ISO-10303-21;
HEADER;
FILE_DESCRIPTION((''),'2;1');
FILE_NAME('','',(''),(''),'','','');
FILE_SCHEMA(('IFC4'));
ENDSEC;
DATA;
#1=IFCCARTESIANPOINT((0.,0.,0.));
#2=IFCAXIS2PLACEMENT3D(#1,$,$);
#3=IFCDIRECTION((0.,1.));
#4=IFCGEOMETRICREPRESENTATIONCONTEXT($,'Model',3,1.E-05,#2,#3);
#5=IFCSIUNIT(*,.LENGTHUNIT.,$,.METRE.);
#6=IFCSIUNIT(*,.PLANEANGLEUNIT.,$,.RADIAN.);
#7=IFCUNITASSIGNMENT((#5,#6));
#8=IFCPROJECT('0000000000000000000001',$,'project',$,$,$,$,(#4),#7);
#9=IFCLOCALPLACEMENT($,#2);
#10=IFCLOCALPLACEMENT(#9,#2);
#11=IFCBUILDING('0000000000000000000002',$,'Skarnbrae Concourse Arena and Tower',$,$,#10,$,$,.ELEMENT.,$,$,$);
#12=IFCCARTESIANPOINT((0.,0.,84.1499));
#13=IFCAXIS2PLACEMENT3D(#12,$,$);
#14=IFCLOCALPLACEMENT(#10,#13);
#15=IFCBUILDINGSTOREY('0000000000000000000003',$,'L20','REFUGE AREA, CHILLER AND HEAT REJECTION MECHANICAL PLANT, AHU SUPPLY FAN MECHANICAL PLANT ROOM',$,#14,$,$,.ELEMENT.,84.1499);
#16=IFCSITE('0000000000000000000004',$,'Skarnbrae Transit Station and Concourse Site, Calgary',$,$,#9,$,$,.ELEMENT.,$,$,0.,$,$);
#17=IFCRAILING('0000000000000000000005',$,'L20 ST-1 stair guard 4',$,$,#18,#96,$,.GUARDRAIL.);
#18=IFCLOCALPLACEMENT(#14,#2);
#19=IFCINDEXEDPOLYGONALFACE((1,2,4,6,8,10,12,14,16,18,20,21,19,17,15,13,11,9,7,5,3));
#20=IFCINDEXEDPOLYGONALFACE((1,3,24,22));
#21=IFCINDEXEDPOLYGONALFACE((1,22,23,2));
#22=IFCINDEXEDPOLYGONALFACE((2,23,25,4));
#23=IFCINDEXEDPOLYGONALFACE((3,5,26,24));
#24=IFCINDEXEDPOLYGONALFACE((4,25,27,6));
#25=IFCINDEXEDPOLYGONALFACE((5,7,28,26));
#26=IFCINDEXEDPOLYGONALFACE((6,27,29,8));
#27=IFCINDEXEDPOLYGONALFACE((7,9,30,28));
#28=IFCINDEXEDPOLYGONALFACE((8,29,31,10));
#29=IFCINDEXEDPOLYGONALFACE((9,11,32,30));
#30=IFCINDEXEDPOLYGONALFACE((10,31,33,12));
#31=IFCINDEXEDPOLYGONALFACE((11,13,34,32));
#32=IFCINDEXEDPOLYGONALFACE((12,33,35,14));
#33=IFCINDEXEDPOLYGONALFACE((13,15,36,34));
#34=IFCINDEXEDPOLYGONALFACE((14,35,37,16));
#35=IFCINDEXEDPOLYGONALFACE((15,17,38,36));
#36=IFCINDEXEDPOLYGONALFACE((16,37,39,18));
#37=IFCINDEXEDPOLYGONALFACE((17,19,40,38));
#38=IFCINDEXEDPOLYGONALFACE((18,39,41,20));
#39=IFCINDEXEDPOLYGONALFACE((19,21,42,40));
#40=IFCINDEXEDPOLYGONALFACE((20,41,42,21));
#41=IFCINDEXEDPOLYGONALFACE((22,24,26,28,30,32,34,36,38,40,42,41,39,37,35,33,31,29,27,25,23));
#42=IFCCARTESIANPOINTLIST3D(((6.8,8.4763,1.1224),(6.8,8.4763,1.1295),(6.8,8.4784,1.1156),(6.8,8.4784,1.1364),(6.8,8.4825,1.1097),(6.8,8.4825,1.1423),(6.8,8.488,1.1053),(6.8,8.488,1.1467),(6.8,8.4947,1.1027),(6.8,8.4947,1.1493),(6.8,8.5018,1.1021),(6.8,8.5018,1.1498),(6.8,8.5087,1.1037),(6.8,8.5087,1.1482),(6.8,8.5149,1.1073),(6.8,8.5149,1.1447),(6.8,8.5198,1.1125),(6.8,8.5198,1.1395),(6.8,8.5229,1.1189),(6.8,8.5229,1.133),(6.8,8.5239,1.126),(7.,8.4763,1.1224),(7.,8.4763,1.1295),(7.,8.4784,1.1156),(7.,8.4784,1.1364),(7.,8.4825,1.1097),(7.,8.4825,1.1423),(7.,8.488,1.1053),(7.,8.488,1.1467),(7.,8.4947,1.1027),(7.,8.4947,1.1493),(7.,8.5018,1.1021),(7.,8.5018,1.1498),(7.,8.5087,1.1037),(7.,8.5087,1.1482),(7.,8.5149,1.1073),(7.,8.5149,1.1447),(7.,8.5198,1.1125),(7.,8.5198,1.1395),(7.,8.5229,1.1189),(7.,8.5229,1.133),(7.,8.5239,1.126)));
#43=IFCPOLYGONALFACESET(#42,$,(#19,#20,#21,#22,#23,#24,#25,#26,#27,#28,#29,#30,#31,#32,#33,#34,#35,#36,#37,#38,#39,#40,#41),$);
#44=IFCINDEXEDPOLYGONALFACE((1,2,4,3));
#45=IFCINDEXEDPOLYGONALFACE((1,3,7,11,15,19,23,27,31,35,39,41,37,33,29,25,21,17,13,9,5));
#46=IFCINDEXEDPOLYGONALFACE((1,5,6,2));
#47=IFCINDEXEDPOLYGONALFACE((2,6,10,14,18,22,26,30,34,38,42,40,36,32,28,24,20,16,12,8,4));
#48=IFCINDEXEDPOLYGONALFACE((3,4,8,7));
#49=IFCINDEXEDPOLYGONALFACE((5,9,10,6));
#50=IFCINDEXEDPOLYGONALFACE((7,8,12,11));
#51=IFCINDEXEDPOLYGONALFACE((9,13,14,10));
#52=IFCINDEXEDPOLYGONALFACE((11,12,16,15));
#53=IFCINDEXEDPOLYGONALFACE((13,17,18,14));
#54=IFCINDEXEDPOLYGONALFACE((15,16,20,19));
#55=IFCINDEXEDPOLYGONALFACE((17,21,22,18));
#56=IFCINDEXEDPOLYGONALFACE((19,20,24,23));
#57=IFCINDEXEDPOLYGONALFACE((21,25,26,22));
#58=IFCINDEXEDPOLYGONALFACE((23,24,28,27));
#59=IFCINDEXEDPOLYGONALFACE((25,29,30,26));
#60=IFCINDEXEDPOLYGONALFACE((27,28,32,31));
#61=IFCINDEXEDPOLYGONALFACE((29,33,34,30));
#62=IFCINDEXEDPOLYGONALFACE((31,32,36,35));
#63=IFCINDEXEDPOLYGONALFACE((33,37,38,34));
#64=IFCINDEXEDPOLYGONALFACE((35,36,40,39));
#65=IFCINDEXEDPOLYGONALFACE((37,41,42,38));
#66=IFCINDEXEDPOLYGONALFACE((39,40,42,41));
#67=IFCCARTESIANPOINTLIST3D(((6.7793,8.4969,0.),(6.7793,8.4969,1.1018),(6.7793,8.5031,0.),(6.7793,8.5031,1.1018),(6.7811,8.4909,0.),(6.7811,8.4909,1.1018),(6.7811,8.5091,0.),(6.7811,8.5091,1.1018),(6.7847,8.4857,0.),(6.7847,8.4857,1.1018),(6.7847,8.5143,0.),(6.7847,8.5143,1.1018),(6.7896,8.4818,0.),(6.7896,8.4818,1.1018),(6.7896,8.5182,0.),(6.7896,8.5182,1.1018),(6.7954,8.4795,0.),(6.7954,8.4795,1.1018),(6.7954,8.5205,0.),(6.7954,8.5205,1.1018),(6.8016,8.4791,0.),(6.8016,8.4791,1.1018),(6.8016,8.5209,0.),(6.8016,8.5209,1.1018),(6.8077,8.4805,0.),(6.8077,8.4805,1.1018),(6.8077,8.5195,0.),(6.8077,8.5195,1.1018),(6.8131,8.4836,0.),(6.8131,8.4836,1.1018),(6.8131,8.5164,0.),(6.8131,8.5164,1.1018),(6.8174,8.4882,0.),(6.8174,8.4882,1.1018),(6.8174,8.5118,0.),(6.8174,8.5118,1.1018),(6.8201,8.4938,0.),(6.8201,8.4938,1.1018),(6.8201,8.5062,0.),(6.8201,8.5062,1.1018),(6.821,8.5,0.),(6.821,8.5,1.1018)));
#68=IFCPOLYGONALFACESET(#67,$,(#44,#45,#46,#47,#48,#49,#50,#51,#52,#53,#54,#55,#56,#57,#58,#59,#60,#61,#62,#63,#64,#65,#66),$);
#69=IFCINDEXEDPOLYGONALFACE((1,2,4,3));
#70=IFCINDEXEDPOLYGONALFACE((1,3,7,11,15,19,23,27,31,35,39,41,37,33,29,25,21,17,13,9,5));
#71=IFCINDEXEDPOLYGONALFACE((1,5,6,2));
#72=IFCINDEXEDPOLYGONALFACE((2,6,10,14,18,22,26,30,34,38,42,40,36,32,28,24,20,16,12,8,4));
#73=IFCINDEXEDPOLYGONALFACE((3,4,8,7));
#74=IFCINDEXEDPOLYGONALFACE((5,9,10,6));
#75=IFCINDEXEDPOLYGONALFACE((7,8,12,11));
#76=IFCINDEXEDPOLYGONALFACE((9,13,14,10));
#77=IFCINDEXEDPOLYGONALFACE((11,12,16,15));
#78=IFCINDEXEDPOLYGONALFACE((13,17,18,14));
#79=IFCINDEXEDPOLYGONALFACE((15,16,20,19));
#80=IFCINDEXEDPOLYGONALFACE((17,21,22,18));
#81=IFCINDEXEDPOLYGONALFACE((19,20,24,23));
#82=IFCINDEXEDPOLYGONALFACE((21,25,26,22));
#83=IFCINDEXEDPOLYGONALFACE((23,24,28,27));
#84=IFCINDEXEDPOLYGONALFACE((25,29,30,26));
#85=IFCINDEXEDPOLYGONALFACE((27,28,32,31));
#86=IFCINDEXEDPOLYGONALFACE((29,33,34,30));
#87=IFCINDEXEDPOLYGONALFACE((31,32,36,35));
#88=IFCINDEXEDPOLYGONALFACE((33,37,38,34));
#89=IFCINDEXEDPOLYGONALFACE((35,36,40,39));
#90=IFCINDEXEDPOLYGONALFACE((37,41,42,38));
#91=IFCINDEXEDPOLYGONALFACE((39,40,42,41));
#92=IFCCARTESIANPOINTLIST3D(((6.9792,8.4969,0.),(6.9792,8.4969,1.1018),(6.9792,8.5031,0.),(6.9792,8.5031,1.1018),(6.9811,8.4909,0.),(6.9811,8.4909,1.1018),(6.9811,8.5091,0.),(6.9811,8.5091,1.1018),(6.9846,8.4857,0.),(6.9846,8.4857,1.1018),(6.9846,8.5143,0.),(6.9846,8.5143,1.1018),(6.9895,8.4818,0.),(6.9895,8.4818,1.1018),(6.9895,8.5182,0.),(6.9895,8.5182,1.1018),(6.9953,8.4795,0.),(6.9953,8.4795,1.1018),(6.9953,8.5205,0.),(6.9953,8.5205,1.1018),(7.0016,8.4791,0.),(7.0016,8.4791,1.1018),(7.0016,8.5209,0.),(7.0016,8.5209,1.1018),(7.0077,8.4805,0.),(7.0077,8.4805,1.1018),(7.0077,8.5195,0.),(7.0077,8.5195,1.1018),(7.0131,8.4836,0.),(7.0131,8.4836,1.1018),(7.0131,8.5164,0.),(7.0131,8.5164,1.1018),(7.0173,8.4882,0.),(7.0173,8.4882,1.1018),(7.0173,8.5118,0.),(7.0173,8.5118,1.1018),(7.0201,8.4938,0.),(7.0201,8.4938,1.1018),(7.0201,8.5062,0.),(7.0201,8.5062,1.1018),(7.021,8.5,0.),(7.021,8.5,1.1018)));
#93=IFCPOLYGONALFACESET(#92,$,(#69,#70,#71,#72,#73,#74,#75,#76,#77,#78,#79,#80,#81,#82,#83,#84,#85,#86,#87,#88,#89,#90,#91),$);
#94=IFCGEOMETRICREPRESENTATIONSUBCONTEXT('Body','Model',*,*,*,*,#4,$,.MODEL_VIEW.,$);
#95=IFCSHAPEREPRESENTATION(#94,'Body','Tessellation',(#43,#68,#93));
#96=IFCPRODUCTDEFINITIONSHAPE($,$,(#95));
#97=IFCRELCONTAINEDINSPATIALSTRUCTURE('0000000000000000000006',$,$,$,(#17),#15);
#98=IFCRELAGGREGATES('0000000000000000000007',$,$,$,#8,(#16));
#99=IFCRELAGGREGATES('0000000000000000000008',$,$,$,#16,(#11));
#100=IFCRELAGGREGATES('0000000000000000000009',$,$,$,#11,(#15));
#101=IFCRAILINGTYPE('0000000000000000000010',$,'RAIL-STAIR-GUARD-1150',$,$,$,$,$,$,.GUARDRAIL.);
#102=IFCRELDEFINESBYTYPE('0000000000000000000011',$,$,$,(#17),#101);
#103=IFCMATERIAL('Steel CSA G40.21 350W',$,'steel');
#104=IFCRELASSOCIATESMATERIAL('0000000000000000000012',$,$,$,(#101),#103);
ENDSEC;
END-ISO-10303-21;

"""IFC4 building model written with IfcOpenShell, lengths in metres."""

from ifc_helpers import new_model, si_unit, direction, frame, origin, origin_2d, place, context, subcontext, project, spatial, circle, extrude, material, type_object, element, save


model = new_model("IFC4")

# Units and contexts
model_context = context("Model", 3, precision=1e-05, world=origin(), true_north=direction((0.0, 1.0)))
body_context = subcontext(model_context, "Body", "Model", "MODEL_VIEW")
ifc_project = project(units=[si_unit("LENGTHUNIT", "METRE"), si_unit("PLANEANGLEUNIT", "RADIAN")], contexts=[model_context])

# Site, building, storey
site_placement = place(None, origin())
site = spatial("IfcSite", under=ifc_project, at=site_placement, Name="Skarnbrae Transit Station and Concourse Site, Calgary", CompositionType="ELEMENT", RefElevation=0.0)
building_placement = place(site_placement, origin())
building = spatial("IfcBuilding", under=site, at=building_placement, Name="Skarnbrae Concourse Arena and Tower", CompositionType="ELEMENT")
storey_placement = place(building_placement, frame((0.0, 0.0, 84.1499)))
storey = spatial("IfcBuildingStorey", under=building, at=storey_placement, Name="L20", Description="REFUGE AREA, CHILLER AND HEAT REJECTION MECHANICAL PLANT, AHU SUPPLY FAN MECHANICAL PLANT ROOM", CompositionType="ELEMENT", Elevation=84.1499)

# Shared definitions
ifc_material_1 = material(Name="Steel CSA G40.21 350W", Category="steel")

# Railing
railing_type_1 = type_object("IfcRailingType", Name="RAIL-STAIR-GUARD-1150", PredefinedType="GUARDRAIL", material=ifc_material_1)
railing_1_placement = place(storey_placement, frame((6.8, 8.5, 0.0)))
element("IfcRailing", 1, at=railing_1_placement, inside=storey, type_object=railing_type_1, Name="L20 ST-1 stair guard 4", PredefinedType="GUARDRAIL", context=body_context, shape_type="SweptSolid", body=[
    extrude(circle(Radius=0.0239, at=origin_2d()), frame((0.0, 0.0, 1.126), z_axis=(1.0, 0.0, 0.0), x_axis=(0.0, 1.0, 0.0)), (0.0, 0.0, 1.0), 0.2),
    extrude(circle(Radius=0.021, at=origin_2d()), origin(), (0.0, 0.0, 1.0), 1.1018),
    extrude(circle(Radius=0.021, at=origin_2d()), frame((0.2, 0.0, 0.0)), (0.0, 0.0, 1.0), 1.1018),
])

save(model, "model.ifc")
